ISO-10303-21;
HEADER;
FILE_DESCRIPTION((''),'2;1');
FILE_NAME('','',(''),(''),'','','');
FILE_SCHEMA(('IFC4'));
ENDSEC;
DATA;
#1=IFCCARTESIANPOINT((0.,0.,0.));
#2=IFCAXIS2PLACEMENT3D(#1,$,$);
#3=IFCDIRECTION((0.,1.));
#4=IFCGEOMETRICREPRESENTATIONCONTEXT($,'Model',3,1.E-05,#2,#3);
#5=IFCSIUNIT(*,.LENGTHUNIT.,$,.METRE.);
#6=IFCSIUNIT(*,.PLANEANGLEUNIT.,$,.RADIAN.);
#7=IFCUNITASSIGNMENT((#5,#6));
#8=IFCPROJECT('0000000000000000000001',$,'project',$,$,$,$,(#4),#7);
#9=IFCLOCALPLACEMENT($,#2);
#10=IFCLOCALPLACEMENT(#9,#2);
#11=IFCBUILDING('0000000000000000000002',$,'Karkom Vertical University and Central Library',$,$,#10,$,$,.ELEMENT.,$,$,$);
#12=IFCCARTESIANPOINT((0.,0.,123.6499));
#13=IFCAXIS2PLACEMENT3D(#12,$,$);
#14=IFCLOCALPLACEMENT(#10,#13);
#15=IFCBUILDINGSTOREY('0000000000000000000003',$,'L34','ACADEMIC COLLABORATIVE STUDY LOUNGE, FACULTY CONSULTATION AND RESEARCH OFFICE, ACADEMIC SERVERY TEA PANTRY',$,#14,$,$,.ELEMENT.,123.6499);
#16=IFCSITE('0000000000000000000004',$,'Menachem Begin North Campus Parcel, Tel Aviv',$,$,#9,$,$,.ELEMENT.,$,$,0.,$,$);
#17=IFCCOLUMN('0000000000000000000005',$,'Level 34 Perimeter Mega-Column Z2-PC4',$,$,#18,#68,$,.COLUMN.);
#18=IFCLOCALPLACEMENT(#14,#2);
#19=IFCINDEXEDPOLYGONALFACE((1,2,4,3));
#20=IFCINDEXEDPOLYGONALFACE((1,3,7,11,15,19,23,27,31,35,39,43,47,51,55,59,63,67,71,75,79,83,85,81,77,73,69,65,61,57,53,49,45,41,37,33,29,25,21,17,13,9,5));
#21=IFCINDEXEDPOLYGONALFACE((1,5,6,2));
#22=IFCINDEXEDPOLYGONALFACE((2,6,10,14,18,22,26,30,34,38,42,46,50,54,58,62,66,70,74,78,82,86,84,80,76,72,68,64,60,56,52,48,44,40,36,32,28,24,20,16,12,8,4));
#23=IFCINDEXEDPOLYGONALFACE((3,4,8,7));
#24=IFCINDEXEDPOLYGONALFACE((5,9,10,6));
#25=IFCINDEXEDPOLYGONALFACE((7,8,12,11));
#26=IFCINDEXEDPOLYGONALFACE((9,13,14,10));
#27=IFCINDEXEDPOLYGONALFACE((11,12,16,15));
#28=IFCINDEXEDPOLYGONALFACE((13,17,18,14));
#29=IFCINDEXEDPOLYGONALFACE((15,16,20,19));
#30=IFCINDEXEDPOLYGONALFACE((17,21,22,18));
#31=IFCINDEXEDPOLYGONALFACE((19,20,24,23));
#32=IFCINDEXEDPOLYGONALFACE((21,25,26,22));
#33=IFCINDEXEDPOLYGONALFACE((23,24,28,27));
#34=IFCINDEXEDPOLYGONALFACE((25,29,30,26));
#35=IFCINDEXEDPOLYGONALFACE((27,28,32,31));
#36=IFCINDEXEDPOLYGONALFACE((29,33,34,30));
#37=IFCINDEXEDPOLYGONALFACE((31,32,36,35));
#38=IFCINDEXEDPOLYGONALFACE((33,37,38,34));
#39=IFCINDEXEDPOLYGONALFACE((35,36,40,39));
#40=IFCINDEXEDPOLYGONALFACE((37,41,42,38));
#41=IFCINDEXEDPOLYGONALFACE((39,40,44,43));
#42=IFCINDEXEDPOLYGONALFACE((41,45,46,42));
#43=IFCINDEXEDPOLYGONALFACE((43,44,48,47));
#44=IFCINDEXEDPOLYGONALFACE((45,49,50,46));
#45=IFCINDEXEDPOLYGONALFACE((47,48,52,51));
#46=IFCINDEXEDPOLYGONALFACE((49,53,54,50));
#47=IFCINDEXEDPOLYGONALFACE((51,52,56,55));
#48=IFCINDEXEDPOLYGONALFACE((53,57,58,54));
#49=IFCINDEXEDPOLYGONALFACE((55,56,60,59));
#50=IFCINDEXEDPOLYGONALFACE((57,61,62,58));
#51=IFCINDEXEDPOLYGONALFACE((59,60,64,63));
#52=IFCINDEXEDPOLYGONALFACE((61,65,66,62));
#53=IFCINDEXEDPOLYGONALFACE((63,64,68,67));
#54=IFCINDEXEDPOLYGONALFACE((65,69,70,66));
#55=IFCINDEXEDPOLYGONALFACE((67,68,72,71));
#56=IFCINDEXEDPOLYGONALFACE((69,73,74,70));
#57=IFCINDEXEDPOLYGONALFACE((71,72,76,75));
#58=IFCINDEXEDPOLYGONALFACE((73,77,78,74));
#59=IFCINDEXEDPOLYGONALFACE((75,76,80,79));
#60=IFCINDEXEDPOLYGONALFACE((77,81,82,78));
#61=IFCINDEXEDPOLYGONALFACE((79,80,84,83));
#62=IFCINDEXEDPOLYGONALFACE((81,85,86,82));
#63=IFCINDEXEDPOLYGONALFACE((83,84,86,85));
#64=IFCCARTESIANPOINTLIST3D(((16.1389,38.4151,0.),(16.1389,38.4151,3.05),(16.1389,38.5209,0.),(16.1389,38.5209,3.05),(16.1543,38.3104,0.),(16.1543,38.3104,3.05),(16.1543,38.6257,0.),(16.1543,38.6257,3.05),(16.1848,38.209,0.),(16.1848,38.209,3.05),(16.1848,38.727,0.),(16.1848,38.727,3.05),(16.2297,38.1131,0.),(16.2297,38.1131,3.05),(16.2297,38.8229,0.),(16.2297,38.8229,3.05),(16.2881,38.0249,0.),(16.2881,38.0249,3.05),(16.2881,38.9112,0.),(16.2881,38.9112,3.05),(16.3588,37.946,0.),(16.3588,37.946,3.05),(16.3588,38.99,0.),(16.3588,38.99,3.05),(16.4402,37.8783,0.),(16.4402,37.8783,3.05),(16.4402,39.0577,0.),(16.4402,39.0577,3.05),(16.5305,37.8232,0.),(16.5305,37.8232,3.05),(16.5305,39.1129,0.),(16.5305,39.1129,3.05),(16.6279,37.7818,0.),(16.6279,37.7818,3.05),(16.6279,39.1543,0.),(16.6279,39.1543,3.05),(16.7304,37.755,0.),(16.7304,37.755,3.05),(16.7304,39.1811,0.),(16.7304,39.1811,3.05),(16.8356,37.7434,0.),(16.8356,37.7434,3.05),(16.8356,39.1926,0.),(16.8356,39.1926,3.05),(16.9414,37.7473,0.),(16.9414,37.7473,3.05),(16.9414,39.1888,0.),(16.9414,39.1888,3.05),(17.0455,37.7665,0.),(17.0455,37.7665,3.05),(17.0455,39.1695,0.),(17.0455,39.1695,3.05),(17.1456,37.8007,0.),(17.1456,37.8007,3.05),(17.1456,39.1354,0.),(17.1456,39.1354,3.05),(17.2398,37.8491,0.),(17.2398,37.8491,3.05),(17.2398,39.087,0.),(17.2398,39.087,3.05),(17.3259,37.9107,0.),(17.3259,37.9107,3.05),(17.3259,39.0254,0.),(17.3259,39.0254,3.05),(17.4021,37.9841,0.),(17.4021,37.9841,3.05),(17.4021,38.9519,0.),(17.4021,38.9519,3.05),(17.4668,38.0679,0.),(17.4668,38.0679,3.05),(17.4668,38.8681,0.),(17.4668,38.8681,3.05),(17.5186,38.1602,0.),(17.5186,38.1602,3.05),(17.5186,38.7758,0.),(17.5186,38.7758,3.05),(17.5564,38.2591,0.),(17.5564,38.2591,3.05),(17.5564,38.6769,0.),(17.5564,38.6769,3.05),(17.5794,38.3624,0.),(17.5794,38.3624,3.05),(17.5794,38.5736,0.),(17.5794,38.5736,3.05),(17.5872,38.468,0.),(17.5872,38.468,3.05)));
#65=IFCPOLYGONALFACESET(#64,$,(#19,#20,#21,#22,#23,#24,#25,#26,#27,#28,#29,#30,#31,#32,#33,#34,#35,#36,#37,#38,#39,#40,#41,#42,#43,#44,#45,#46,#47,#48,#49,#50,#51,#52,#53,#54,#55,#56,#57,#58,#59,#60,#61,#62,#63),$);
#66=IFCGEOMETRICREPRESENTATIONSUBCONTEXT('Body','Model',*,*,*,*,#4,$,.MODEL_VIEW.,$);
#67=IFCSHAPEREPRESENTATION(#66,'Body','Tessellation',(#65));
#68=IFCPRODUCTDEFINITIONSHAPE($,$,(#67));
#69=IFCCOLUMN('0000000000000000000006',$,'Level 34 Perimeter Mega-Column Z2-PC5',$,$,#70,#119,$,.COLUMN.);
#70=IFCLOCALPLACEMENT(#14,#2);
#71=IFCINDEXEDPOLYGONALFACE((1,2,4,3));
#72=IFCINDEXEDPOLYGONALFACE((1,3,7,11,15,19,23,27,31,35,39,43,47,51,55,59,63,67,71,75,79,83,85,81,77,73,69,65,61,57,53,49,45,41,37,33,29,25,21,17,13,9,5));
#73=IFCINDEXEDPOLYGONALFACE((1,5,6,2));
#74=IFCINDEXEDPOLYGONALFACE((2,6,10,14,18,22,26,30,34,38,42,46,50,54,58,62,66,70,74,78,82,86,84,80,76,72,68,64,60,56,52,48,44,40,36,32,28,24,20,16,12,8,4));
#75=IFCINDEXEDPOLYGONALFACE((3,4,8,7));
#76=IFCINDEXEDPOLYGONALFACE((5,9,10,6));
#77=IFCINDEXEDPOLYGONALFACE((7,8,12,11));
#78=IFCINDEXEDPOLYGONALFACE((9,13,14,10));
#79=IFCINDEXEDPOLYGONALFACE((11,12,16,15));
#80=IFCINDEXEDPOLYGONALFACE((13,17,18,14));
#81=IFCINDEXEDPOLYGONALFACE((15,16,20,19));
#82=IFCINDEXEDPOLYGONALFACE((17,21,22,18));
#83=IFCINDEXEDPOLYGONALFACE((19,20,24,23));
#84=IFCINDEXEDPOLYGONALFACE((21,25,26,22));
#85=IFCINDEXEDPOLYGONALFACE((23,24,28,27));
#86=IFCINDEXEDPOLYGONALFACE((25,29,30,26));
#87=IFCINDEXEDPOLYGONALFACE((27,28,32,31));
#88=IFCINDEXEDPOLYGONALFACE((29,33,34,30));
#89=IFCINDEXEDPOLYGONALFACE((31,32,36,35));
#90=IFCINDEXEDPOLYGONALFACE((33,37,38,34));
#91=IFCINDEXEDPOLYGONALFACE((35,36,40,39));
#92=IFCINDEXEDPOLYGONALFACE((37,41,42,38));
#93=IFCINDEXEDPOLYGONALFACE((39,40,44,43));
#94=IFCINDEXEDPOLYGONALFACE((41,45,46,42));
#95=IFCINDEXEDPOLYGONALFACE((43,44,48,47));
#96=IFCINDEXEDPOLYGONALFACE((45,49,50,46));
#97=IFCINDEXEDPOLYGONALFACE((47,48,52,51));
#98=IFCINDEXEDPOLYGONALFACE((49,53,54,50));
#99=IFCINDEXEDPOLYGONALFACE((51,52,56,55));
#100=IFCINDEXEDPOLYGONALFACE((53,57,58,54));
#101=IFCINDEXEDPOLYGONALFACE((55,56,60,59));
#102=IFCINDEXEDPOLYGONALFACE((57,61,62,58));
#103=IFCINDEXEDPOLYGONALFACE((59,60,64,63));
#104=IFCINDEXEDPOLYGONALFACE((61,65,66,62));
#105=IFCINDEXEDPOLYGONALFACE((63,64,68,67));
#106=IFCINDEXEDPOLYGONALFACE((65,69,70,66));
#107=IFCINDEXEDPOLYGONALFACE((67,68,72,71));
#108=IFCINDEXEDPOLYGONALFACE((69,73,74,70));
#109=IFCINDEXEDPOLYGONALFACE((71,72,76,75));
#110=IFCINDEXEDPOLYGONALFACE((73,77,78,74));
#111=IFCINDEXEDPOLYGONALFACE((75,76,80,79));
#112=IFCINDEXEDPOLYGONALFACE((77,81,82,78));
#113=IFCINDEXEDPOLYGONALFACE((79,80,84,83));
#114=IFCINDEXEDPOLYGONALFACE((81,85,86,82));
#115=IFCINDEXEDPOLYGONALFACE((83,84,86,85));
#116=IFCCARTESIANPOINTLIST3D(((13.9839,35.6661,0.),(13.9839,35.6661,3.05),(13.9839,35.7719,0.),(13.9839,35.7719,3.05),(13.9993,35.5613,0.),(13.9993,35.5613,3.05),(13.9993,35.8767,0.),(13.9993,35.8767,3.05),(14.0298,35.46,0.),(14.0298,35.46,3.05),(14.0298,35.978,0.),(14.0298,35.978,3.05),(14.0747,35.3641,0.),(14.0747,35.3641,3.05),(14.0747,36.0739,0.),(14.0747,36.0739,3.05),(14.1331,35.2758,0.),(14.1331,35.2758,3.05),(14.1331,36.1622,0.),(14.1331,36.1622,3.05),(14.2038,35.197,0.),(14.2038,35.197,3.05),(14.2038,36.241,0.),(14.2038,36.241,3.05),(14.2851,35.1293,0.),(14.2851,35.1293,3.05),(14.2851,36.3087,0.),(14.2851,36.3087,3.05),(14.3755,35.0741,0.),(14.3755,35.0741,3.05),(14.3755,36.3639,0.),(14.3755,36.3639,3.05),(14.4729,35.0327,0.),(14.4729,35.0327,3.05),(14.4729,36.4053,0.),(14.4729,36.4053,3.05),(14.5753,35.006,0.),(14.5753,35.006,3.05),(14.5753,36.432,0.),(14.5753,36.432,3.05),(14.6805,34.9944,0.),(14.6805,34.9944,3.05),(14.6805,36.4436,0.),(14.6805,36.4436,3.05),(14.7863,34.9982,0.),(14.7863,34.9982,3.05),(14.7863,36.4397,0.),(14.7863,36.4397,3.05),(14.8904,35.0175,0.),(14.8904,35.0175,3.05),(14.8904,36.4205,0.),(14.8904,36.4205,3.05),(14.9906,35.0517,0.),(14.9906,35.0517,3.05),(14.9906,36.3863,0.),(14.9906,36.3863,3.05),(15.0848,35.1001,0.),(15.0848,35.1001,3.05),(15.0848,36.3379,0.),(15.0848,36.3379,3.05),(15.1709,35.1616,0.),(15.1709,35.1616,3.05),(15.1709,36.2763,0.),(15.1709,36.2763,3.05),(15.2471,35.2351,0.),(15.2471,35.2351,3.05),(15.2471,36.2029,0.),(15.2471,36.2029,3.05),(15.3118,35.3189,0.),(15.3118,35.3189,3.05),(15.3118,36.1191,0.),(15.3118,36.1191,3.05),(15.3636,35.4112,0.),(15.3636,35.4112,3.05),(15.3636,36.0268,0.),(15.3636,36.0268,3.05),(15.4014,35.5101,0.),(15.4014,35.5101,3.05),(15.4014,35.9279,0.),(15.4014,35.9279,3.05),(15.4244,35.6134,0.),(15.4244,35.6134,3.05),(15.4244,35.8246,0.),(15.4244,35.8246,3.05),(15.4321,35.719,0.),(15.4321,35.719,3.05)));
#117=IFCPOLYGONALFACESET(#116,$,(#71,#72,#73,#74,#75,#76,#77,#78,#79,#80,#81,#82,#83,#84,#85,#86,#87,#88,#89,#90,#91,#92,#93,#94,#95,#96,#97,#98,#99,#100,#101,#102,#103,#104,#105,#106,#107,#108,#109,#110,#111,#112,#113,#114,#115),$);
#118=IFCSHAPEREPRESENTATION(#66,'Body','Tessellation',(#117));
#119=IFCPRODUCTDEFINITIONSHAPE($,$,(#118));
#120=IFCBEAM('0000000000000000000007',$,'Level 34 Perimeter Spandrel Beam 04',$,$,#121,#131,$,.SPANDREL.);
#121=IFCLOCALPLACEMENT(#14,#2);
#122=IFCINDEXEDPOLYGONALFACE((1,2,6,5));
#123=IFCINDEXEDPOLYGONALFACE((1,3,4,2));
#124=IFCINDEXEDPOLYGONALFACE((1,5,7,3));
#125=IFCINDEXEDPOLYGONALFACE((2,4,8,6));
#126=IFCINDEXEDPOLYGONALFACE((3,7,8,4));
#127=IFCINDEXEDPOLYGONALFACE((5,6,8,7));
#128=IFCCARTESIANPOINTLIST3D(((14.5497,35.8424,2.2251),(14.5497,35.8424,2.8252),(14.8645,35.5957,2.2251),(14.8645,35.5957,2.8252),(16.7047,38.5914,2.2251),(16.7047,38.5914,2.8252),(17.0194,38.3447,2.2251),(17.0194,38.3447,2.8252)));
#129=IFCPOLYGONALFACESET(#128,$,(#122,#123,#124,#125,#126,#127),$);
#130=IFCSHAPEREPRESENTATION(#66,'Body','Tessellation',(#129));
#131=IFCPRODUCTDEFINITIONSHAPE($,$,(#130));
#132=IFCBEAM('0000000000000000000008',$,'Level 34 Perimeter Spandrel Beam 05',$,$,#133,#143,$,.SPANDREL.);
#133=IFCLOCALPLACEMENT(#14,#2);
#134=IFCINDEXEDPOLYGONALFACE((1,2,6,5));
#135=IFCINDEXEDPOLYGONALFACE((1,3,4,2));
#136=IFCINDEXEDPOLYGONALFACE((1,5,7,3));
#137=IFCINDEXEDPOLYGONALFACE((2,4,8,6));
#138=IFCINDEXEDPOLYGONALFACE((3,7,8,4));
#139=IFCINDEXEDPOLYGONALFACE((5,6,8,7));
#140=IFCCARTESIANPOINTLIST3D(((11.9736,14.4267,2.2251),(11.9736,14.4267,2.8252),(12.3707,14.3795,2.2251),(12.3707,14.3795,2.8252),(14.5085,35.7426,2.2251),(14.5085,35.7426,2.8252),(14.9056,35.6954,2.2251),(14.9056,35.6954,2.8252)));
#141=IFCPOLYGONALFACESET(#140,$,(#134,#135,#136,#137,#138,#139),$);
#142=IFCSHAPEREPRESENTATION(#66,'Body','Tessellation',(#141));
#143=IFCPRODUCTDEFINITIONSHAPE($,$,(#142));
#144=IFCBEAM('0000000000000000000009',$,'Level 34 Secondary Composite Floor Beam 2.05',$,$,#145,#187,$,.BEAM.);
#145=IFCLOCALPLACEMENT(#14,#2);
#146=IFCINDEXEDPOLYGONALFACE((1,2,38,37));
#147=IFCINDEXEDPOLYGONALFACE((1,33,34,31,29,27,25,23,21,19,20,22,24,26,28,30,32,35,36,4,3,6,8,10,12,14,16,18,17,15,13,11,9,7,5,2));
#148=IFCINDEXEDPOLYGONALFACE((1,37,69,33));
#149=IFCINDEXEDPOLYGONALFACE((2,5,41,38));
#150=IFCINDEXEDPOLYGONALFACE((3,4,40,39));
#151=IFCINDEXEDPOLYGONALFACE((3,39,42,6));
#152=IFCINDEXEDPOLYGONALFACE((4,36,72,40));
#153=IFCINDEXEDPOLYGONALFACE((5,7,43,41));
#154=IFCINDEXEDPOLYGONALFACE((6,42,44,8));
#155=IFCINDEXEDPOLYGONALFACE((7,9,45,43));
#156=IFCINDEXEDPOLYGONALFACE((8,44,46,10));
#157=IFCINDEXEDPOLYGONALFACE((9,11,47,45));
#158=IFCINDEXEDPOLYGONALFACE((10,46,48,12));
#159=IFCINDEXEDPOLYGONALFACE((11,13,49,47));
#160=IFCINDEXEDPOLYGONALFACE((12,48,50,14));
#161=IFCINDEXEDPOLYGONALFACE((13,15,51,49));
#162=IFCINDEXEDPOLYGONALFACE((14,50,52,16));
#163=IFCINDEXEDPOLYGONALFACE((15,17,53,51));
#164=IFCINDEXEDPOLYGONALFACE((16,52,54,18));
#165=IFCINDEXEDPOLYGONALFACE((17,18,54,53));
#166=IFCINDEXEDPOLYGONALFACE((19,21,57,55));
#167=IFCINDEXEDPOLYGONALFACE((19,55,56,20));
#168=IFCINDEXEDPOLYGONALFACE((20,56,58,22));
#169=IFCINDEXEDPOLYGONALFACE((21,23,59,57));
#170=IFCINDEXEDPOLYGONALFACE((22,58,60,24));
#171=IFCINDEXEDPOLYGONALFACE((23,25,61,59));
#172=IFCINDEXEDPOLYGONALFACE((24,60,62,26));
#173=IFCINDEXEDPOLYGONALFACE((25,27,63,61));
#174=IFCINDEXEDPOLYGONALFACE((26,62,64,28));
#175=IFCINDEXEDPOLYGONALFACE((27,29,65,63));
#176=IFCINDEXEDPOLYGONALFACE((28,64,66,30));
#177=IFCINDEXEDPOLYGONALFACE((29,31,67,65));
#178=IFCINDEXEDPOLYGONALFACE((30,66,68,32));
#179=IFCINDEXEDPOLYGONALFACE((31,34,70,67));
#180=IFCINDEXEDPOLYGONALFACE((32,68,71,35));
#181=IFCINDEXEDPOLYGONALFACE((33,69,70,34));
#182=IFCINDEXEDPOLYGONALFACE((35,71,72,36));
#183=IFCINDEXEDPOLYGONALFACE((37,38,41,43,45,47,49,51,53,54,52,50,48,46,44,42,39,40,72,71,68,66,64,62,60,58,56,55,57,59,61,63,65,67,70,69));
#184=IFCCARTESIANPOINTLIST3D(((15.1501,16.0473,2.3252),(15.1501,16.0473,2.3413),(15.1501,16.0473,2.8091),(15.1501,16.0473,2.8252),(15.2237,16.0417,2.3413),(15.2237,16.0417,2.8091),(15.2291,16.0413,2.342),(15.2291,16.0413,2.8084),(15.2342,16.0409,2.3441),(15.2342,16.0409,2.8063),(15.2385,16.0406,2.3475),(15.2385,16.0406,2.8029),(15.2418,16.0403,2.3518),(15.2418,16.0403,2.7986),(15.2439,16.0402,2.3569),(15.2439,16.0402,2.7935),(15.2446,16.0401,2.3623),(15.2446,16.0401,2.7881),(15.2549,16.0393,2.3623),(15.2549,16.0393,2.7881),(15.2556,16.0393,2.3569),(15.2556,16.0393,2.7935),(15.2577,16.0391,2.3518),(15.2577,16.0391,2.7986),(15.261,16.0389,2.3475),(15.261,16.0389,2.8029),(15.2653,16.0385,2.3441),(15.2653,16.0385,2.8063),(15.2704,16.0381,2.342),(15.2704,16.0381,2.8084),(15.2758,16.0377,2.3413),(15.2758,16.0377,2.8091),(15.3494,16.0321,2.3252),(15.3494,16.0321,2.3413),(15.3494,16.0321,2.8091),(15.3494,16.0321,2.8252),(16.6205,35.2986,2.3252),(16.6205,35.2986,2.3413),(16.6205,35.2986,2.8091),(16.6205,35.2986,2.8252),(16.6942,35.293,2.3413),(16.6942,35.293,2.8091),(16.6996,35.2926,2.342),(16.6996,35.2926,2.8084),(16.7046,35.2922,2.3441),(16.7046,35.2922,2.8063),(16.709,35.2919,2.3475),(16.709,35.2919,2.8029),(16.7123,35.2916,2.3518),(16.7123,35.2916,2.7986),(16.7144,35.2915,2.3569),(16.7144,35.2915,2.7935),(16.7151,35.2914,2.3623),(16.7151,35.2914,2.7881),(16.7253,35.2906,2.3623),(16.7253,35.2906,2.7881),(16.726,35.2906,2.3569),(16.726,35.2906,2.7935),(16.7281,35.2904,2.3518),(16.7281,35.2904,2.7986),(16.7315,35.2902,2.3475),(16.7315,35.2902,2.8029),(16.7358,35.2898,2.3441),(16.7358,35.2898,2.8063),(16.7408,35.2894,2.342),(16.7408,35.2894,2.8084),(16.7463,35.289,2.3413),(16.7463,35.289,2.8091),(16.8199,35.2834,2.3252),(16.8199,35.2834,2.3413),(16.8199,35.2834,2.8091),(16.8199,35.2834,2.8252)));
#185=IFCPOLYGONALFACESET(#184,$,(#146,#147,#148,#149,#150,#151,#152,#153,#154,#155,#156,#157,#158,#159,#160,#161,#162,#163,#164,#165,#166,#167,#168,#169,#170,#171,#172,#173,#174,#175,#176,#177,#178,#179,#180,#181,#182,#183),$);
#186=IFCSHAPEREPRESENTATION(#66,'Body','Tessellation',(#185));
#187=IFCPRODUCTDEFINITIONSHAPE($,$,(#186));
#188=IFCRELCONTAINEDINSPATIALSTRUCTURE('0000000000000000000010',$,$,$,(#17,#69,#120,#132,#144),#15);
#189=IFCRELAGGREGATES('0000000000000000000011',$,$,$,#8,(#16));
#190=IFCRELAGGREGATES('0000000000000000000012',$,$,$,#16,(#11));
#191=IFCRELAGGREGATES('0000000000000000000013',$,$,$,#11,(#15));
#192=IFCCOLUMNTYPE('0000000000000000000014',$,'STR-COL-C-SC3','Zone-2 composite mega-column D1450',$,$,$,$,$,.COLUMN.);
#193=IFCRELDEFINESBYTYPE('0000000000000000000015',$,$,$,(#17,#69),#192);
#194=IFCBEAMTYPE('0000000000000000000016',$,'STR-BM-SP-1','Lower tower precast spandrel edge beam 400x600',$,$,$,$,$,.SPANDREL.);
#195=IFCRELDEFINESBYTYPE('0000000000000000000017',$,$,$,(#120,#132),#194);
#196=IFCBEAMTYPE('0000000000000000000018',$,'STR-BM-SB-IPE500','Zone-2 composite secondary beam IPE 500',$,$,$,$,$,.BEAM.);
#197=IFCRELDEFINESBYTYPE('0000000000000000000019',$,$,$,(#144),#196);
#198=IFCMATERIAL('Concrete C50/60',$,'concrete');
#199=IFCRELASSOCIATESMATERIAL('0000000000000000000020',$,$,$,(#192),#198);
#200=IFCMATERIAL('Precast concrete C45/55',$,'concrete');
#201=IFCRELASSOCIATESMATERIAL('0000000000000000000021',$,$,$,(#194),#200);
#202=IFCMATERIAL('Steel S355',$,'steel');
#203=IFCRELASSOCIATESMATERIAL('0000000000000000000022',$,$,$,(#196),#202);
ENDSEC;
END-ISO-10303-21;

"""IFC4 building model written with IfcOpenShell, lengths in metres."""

from ifc_helpers import new_model, si_unit, direction, frame, origin, origin_with_axes, origin_2d, place, context, subcontext, project, spatial, rectangle, circle, i_section, extrude, source, transform, mapped, material, material_profile, profile_set, type_object, element, save


model = new_model("IFC4")

# Units and contexts
model_context = context("Model", 3, precision=1e-05, world=origin(), true_north=direction((0.0, 1.0)))
body_context = subcontext(model_context, "Body", "Model", "MODEL_VIEW")
ifc_project = project(units=[si_unit("LENGTHUNIT", "METRE"), si_unit("PLANEANGLEUNIT", "RADIAN")], contexts=[model_context])

# Site, building, storey
site_placement = place(None, origin())
site = spatial("IfcSite", under=ifc_project, at=site_placement, Name="Menachem Begin North Campus Parcel, Tel Aviv", CompositionType="ELEMENT", RefElevation=0.0)
building_placement = place(site_placement, origin())
building = spatial("IfcBuilding", under=site, at=building_placement, Name="Karkom Vertical University and Central Library", CompositionType="ELEMENT")
storey_placement = place(building_placement, frame((0.0, 0.0, 123.6499)))
storey = spatial("IfcBuildingStorey", under=building, at=storey_placement, Name="L34", Description="ACADEMIC COLLABORATIVE STUDY LOUNGE, FACULTY CONSULTATION AND RESEARCH OFFICE, ACADEMIC SERVERY TEA PANTRY", CompositionType="ELEMENT", Elevation=123.6499)

# Columns
ifc_material_1 = material(Name="Concrete C50/60", Category="concrete")
ifc_material_profile_1 = material_profile(ifc_material_1, circle(Radius=0.7251, at=origin_2d()), Name="CFT-D1450")
ifc_profile_set_1 = profile_set([ifc_material_profile_1], Name="Concrete C50/60")
column_type = type_object("IfcColumnType", Name="STR-COL-C-SC3", Description="Zone-2 composite mega-column D1450", PredefinedType="COLUMN", material=ifc_profile_set_1)
shared_shape_1 = source(origin_with_axes(), body_context, "Body", "SweptSolid", [
    extrude(circle(Radius=0.7251, at=origin_2d()), origin(), (0.0, 0.0, 1.0), 3.05),
])
for number, where, z_axis, x_axis, name in (
    (1, (16.8621, 38.468, 0.0), (0.0, 0.0, 1.0), (1.0, 0.0, 0.0), "Level 34 Perimeter Mega-Column Z2-PC4"),
    (2, (14.707, 35.719, 0.0), (0.0, 0.0, 1.0), (1.0, 0.0, 0.0), "Level 34 Perimeter Mega-Column Z2-PC5"),
):
    element("IfcColumn", number, at=place(storey_placement, frame(where, z_axis=z_axis, x_axis=x_axis)), inside=storey, type_object=column_type, Name=name, PredefinedType="COLUMN", context=body_context, shape_type="MappedRepresentation", body=[
        mapped(shared_shape_1, transform((0.0, 0.0, 0.0), scale=1.0)),
    ])

# Beams
ifc_material_2 = material(Name="Precast concrete C45/55", Category="concrete")
ifc_material_profile_2 = material_profile(ifc_material_2, rectangle(XDim=0.3999, YDim=0.6001, at=origin_2d()), Name="SPB-400x600")
ifc_profile_set_2 = profile_set([ifc_material_profile_2], Name="Precast concrete C45/55")
beam_type_1 = type_object("IfcBeamType", Name="STR-BM-SP-1", Description="Lower tower precast spandrel edge beam 400x600", PredefinedType="SPANDREL", material=ifc_profile_set_2)
shared_shape_2 = source(origin_with_axes(), body_context, "Body", "SweptSolid", [
    extrude(rectangle(XDim=0.3999, YDim=0.6001, at=origin_2d()), origin(), (0.0, 0.0, 1.0), 3.4929),
])
beam_1_placement = place(storey_placement, frame((16.8621, 38.468, 2.5251), z_axis=(-0.616951, -0.787002, 0.0), x_axis=(0.787002, -0.616951, 0.0)))
element("IfcBeam", 3, at=beam_1_placement, inside=storey, type_object=beam_type_1, Name="Level 34 Perimeter Spandrel Beam 04", PredefinedType="SPANDREL", context=body_context, shape_type="MappedRepresentation", body=[
    mapped(shared_shape_2, transform((0.0, 0.0, 0.0), scale=1.0)),
])
shared_shape_3 = source(origin_with_axes(), body_context, "Body", "SweptSolid", [
    extrude(rectangle(XDim=0.3999, YDim=0.6001, at=origin_2d()), origin(), (0.0, 0.0, 1.0), 21.4661),
])
beam_2_placement = place(storey_placement, frame((14.707, 35.719, 2.5251), z_axis=(-0.118089, -0.993003, 0.0), x_axis=(0.993003, -0.118089, 0.0)))
element("IfcBeam", 4, at=beam_2_placement, inside=storey, type_object=beam_type_1, Name="Level 34 Perimeter Spandrel Beam 05", PredefinedType="SPANDREL", context=body_context, shape_type="MappedRepresentation", body=[
    mapped(shared_shape_3, transform((0.0, 0.0, 0.0), scale=1.0)),
])
ifc_material_3 = material(Name="Steel S355", Category="steel")
ifc_material_profile_3 = material_profile(ifc_material_3, i_section(OverallWidth=0.2, OverallDepth=0.5, WebThickness=0.0103, FlangeThickness=0.0161, FilletRadius=0.021, at=origin_2d()), Name="IPE 500")
ifc_profile_set_3 = profile_set([ifc_material_profile_3], Name="Steel S355")
beam_type_2 = type_object("IfcBeamType", Name="STR-BM-SB-IPE500", Description="Zone-2 composite secondary beam IPE 500", PredefinedType="BEAM", material=ifc_profile_set_3)
shared_shape_4 = source(origin_with_axes(), body_context, "Body", "SweptSolid", [
    extrude(i_section(OverallWidth=0.2, OverallDepth=0.5, WebThickness=0.0103, FlangeThickness=0.0161, FilletRadius=0.021, at=origin_2d()), origin(), (0.0, 0.0, 1.0), 19.3074),
])
beam_3_placement = place(storey_placement, frame((16.7202, 35.291, 2.5752), z_axis=(-0.076161, -0.997096, 0.0), x_axis=(0.997096, -0.076161, 0.0)))
element("IfcBeam", 5, at=beam_3_placement, inside=storey, type_object=beam_type_2, Name="Level 34 Secondary Composite Floor Beam 2.05", PredefinedType="BEAM", context=body_context, shape_type="MappedRepresentation", body=[
    mapped(shared_shape_4, transform((0.0, 0.0, 0.0), scale=1.0)),
])

save(model, "model.ifc")
